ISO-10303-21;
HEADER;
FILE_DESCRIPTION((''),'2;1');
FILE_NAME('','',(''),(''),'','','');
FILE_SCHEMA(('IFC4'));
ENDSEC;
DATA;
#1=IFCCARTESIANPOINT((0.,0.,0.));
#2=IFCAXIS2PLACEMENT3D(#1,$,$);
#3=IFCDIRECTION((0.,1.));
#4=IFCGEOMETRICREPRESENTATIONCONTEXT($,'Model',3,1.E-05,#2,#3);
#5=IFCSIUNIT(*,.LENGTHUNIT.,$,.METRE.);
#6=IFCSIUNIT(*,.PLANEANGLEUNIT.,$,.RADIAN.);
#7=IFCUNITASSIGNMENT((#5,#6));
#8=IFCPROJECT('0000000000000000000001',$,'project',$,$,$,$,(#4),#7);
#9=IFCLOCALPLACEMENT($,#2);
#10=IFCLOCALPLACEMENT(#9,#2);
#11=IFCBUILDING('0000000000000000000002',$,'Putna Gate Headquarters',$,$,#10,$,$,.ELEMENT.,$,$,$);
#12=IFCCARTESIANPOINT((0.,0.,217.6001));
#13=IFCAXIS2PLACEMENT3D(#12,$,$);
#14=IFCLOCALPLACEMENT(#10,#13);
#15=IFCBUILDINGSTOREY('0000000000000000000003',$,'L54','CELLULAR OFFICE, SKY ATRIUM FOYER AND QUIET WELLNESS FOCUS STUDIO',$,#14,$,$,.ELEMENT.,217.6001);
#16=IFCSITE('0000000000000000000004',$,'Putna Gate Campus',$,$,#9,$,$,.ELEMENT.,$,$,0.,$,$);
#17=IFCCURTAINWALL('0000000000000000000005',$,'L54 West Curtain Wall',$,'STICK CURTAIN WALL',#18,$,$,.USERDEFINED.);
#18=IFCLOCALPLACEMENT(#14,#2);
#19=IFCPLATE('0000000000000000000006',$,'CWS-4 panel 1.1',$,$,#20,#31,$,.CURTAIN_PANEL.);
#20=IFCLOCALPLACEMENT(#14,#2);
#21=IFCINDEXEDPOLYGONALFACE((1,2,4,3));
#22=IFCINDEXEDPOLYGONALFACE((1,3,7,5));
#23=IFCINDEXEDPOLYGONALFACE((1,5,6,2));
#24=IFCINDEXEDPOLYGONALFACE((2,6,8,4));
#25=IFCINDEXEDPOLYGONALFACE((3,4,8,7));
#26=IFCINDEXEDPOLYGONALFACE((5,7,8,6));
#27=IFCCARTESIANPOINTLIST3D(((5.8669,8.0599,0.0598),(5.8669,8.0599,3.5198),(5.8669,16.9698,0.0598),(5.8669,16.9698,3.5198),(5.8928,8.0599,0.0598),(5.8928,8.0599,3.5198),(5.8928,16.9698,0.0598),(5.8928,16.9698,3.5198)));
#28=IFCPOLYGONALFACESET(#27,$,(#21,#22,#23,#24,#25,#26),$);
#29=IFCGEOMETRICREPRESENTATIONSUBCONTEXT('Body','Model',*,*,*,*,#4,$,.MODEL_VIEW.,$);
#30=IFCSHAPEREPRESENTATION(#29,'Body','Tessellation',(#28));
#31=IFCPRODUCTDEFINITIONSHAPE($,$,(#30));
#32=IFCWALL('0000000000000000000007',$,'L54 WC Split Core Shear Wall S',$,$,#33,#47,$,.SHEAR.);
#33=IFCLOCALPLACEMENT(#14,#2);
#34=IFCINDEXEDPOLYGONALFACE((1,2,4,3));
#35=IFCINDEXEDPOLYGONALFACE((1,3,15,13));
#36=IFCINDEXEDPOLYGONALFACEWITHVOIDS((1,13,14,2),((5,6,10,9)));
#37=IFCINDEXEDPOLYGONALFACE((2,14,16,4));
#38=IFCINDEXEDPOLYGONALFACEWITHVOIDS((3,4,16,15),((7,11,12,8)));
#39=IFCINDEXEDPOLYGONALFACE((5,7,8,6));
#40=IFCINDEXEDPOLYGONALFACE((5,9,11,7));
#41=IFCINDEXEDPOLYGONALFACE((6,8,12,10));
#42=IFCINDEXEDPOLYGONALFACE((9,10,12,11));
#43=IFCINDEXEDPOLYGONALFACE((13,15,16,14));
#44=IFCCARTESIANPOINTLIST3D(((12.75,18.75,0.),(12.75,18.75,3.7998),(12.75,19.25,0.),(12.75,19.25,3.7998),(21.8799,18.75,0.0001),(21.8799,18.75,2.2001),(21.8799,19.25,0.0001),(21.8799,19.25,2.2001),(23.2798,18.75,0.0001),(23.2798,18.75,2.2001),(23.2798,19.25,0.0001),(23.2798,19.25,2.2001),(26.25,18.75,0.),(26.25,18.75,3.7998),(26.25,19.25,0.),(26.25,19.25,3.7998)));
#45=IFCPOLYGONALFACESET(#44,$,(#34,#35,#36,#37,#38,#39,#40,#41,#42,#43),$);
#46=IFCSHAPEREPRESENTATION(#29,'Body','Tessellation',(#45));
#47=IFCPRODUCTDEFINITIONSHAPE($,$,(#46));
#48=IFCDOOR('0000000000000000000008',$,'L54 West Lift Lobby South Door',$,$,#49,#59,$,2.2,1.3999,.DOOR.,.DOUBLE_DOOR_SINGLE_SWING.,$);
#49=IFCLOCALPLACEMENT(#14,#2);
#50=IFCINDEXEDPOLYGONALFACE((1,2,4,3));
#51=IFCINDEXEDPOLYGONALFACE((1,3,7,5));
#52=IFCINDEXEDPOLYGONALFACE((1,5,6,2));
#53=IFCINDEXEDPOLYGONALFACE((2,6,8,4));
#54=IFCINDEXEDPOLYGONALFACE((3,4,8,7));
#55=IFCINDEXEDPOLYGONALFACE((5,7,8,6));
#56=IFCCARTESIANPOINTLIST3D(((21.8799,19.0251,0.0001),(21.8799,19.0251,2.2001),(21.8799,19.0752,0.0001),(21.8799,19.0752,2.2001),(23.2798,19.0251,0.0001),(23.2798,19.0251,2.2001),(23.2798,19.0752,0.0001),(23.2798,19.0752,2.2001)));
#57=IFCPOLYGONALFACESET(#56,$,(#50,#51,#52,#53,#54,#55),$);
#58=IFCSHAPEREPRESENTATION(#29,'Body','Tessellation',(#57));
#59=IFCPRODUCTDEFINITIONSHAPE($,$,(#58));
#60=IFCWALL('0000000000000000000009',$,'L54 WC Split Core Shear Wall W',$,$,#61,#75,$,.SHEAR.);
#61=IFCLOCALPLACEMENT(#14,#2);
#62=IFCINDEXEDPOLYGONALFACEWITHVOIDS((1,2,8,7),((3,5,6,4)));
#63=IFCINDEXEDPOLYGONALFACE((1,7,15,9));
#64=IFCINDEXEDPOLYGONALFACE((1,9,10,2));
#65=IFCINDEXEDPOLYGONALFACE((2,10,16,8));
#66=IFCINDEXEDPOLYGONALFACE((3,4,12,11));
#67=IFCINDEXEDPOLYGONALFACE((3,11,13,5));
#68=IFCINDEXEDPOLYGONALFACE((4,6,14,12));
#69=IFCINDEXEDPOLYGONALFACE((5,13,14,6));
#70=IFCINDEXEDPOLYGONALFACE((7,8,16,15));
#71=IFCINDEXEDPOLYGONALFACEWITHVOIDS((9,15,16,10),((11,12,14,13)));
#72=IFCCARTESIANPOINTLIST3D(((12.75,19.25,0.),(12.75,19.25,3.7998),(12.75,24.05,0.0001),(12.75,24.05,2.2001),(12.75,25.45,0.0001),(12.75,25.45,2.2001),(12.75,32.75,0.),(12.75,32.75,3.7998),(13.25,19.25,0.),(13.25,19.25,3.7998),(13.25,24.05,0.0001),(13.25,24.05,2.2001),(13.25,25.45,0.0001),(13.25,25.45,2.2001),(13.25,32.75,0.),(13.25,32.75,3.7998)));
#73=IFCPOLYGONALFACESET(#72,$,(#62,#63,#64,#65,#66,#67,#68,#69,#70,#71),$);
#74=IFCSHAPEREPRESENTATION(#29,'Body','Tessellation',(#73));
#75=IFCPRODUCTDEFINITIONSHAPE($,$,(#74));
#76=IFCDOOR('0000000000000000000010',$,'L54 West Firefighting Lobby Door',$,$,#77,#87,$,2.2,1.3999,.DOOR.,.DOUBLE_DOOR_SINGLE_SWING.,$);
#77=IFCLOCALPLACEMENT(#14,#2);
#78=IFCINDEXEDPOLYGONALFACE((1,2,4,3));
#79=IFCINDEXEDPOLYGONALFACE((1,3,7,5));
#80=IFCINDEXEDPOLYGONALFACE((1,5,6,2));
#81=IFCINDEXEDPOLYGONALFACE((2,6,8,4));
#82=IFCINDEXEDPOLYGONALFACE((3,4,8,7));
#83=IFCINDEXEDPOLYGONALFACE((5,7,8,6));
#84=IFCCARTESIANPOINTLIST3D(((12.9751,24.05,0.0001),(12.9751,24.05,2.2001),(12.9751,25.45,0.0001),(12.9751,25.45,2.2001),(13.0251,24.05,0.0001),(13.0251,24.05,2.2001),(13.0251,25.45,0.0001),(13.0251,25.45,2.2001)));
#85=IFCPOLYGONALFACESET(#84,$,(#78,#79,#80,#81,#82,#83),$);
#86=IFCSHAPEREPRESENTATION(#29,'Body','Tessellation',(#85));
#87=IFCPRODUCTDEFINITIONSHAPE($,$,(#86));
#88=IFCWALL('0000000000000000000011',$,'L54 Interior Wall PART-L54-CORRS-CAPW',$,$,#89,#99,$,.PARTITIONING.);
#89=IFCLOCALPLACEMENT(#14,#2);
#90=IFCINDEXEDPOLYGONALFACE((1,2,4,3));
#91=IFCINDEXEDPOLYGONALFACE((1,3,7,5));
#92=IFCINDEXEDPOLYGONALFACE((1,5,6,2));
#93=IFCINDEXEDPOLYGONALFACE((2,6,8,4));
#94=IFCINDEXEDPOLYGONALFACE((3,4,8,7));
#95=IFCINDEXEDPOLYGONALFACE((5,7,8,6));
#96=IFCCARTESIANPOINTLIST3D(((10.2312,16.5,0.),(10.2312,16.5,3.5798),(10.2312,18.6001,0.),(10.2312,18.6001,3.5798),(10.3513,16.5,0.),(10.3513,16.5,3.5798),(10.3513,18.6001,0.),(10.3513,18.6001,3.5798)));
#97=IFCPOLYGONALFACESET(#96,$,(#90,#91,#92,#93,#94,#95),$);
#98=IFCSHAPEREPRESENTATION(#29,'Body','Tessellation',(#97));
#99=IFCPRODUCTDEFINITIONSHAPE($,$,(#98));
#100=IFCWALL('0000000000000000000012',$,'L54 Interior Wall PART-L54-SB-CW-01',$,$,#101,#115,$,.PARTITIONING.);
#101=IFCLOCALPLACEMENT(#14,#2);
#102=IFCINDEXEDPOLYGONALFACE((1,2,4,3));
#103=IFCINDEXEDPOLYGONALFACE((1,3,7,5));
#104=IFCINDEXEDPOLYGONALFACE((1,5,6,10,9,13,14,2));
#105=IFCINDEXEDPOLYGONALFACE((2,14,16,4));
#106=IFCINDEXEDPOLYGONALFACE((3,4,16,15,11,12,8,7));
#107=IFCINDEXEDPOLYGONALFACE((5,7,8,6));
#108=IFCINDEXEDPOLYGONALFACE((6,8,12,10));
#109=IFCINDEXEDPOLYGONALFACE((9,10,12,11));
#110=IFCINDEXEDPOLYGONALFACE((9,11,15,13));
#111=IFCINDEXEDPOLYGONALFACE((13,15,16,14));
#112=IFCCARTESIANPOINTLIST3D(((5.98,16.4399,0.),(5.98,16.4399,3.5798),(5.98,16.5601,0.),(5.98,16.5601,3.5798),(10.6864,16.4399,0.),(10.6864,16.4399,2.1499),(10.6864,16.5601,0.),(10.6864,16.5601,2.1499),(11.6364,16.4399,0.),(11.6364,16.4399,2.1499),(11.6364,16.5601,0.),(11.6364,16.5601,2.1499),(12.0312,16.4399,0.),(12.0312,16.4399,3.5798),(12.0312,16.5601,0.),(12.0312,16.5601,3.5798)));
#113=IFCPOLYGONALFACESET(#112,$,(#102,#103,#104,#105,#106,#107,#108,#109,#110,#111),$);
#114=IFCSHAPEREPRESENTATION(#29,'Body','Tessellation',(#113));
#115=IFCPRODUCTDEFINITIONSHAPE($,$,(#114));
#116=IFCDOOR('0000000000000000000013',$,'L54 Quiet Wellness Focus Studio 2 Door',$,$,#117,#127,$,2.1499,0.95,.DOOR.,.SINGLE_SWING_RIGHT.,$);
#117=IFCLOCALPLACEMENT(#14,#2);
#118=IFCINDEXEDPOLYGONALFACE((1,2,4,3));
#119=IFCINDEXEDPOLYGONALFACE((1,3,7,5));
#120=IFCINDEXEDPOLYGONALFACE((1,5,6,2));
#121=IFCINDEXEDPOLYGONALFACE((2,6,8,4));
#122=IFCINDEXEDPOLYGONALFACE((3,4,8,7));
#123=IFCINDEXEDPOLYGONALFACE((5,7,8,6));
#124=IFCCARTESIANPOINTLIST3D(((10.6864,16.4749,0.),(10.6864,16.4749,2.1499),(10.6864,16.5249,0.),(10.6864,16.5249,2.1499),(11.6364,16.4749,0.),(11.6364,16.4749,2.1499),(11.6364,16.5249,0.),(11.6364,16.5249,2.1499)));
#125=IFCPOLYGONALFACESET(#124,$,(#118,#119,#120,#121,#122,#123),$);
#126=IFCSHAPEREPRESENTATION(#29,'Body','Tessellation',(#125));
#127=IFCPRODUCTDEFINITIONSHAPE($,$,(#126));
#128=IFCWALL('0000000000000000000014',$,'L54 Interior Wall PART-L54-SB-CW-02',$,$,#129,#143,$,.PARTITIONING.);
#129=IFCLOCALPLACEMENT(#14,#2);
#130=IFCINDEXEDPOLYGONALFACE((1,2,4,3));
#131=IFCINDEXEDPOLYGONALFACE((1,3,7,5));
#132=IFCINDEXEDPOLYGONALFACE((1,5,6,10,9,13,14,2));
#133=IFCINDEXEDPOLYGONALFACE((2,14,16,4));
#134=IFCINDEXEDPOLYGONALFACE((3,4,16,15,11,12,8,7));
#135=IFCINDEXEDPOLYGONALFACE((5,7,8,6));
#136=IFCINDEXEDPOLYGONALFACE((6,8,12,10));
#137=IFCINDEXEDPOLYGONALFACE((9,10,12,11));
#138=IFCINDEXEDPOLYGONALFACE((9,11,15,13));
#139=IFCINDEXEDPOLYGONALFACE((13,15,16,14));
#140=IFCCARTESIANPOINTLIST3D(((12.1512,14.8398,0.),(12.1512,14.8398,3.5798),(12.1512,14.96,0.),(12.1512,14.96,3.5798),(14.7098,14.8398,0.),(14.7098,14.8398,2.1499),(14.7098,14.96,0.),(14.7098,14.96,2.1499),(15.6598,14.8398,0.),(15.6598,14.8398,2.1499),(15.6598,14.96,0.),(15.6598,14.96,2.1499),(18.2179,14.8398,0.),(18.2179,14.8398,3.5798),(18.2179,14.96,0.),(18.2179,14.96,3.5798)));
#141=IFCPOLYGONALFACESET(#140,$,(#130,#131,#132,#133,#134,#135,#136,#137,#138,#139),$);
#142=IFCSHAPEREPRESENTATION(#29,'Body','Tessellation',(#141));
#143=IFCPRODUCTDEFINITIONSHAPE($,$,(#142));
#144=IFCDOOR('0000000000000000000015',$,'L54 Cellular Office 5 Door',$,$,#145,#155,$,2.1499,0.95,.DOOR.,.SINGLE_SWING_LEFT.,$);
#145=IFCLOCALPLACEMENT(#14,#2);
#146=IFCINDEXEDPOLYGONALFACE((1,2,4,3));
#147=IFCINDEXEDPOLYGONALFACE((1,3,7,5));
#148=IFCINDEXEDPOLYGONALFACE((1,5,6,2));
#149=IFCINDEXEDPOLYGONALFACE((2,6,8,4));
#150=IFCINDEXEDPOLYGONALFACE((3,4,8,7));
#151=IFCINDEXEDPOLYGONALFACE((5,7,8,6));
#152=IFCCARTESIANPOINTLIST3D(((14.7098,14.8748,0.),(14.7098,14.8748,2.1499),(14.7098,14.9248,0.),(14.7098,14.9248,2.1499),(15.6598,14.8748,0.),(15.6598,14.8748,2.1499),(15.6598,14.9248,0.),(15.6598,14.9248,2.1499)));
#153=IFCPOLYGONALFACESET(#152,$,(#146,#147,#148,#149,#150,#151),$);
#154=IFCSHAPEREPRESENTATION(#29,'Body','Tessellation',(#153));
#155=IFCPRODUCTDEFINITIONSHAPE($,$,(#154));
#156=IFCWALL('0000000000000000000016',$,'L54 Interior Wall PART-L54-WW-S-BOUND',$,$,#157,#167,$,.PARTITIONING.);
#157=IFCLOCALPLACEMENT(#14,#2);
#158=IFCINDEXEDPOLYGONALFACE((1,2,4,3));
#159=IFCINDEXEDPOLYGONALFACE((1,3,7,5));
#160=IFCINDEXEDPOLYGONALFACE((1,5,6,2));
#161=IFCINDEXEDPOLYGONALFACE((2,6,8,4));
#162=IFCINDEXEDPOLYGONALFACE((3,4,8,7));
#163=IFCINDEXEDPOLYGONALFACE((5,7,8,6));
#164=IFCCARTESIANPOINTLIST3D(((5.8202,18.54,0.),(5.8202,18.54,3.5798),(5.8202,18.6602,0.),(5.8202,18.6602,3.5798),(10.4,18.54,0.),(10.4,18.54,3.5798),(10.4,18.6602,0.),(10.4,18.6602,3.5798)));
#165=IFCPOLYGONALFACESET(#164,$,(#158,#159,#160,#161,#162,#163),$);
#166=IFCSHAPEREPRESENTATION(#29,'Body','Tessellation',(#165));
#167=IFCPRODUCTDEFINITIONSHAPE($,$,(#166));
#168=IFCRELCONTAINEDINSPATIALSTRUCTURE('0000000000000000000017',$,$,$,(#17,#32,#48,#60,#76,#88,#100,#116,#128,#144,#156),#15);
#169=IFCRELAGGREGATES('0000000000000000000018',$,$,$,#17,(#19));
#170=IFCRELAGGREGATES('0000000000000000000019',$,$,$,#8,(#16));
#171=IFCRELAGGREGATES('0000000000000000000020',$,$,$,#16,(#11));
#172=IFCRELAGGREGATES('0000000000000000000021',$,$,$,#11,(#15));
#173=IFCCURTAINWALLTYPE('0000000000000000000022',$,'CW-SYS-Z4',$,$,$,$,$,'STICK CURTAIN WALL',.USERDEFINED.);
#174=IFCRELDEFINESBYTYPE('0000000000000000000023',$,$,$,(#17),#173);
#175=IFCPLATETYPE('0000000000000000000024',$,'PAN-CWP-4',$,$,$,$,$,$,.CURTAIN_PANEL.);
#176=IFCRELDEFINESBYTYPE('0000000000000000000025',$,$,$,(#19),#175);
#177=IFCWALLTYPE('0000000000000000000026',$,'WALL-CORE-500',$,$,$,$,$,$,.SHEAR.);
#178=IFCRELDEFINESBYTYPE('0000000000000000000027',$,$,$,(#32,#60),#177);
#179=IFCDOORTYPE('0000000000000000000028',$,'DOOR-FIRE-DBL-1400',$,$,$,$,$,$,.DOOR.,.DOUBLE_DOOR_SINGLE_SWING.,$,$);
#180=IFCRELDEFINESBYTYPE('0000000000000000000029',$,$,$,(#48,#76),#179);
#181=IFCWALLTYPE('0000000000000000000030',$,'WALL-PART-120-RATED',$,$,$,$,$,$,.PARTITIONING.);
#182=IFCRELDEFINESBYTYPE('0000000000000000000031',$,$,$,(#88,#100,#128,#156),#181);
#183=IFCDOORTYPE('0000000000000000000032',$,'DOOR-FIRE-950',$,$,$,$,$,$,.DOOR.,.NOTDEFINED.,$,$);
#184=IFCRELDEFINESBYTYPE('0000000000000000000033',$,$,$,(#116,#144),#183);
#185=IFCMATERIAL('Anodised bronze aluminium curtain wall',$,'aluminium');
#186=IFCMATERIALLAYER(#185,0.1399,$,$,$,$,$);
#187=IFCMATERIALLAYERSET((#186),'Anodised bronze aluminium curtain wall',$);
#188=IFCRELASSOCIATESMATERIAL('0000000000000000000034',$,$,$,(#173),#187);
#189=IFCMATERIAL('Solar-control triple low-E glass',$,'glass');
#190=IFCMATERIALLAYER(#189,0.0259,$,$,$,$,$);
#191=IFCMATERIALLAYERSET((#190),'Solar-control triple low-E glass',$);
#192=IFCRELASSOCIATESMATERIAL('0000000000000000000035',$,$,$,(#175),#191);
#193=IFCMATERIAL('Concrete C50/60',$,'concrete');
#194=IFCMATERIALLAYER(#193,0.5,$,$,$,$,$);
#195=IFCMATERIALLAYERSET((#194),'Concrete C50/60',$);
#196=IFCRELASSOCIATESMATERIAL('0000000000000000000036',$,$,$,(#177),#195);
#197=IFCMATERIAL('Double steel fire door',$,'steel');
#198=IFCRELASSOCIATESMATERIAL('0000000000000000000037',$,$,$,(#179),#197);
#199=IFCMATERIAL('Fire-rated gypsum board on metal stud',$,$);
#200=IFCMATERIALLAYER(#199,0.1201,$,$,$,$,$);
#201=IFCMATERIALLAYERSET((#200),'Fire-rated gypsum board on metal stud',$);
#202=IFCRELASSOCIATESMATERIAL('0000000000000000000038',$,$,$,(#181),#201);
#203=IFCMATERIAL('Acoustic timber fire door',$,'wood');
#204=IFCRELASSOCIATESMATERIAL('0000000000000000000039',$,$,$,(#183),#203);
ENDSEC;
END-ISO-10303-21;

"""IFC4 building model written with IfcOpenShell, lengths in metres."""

from ifc_helpers import new_model, si_unit, direction, frame, frame_2d, origin, origin_2d, place, context, subcontext, project, spatial, rectangle, extrude, material, layer, layer_set, type_object, element, fill, aggregate, save


model = new_model("IFC4")

# Units and contexts
model_context = context("Model", 3, precision=1e-05, world=origin(), true_north=direction((0.0, 1.0)))
body_context = subcontext(model_context, "Body", "Model", "MODEL_VIEW")
ifc_project = project(units=[si_unit("LENGTHUNIT", "METRE"), si_unit("PLANEANGLEUNIT", "RADIAN")], contexts=[model_context])

# Site, building, storey
site_placement = place(None, origin())
site = spatial("IfcSite", under=ifc_project, at=site_placement, Name="Putna Gate Campus", CompositionType="ELEMENT", RefElevation=0.0)
building_placement = place(site_placement, origin())
building = spatial("IfcBuilding", under=site, at=building_placement, Name="Putna Gate Headquarters", CompositionType="ELEMENT")
storey_placement = place(building_placement, frame((0.0, 0.0, 217.6001)))
storey = spatial("IfcBuildingStorey", under=building, at=storey_placement, Name="L54", Description="CELLULAR OFFICE, SKY ATRIUM FOYER AND QUIET WELLNESS FOCUS STUDIO", CompositionType="ELEMENT", Elevation=217.6001)

# Curtain wall, plate
ifc_material_1 = material(Name="Anodised bronze aluminium curtain wall", Category="aluminium")
ifc_layer_1 = layer(ifc_material_1, 0.1399)
ifc_layer_set_1 = layer_set([ifc_layer_1], Name="Anodised bronze aluminium curtain wall")
curtain_wall_type = type_object("IfcCurtainWallType", Name="CW-SYS-Z4", ElementType="STICK CURTAIN WALL", PredefinedType="USERDEFINED", material=ifc_layer_set_1)
curtain_wall_placement = place(storey_placement, origin())
curtain_wall = element("IfcCurtainWall", 1, at=curtain_wall_placement, inside=storey, type_object=curtain_wall_type, Name="L54 West Curtain Wall", ObjectType="STICK CURTAIN WALL", PredefinedType="USERDEFINED")
ifc_material_2 = material(Name="Solar-control triple low-E glass", Category="glass")
ifc_layer_2 = layer(ifc_material_2, 0.0259)
ifc_layer_set_2 = layer_set([ifc_layer_2], Name="Solar-control triple low-E glass")
plate_type = type_object("IfcPlateType", Name="PAN-CWP-4", PredefinedType="CURTAIN_PANEL", material=ifc_layer_set_2)
plate_placement = place(storey_placement, frame((5.8799, 12.5149, 0.0598), z_axis=(0.0, 0.0, 1.0), x_axis=(0.0, 1.0, 0.0)))
plate = element("IfcPlate", 2, at=plate_placement, type_object=plate_type, Name="CWS-4 panel 1.1", PredefinedType="CURTAIN_PANEL", context=body_context, shape_type="SweptSolid", body=[
    extrude(rectangle(XDim=8.9099, YDim=0.0259, at=origin_2d()), origin(), (0.0, 0.0, 1.0), 3.46),
])
aggregate(curtain_wall, [plate])

# Walls, openings, doors
ifc_material_3 = material(Name="Concrete C50/60", Category="concrete")
ifc_layer_3 = layer(ifc_material_3, 0.5)
ifc_layer_set_3 = layer_set([ifc_layer_3], Name="Concrete C50/60")
wall_type_1 = type_object("IfcWallType", Name="WALL-CORE-500", PredefinedType="SHEAR", material=ifc_layer_set_3)
wall_1_placement = place(storey_placement, frame((12.75, 19.0, 0.0), z_axis=(0.0, 0.0, 1.0), x_axis=(1.0, 0.0, 0.0)))
wall_1 = element("IfcWall", 3, at=wall_1_placement, inside=storey, type_object=wall_type_1, Name="L54 WC Split Core Shear Wall S", PredefinedType="SHEAR", context=body_context, shape_type="SweptSolid", body=[
    extrude(rectangle(XDim=13.5, YDim=0.5, at=frame_2d((6.75, 0.0))), origin(), (0.0, 0.0, 1.0), 3.7998),
])
opening_1_placement = place(wall_1_placement, frame((9.1299, 0.0, 0.0)))
opening_1 = element("IfcOpeningElement", 4, at=opening_1_placement, cuts=wall_1, PredefinedType="OPENING", context=body_context, shape_type="SweptSolid", body=[
    extrude(rectangle(XDim=1.3999, YDim=2.2, at=frame_2d((0.7, 1.1001))), frame((0.0, 0.26, 0.0), z_axis=(0.0, -1.0, 0.0), x_axis=(1.0, 0.0, 0.0)), (0.0, 0.0, 1.0), 0.52),
])
ifc_material_4 = material(Name="Double steel fire door", Category="steel")
door_type_1 = type_object("IfcDoorType", Name="DOOR-FIRE-DBL-1400", OperationType="DOUBLE_DOOR_SINGLE_SWING", PredefinedType="DOOR", material=ifc_material_4)
door_1_placement = place(opening_1_placement, origin())
door_1 = element("IfcDoor", 5, at=door_1_placement, inside=storey, type_object=door_type_1, Name="L54 West Lift Lobby South Door", OperationType="DOUBLE_DOOR_SINGLE_SWING", OverallHeight=2.2, OverallWidth=1.3999, PredefinedType="DOOR", context=body_context, shape_type="SweptSolid", body=[
    extrude(rectangle(XDim=1.3999, YDim=2.2, at=frame_2d((0.7, 1.1001))), frame((0.0, 0.0752, 0.0), z_axis=(0.0, -1.0, 0.0), x_axis=(1.0, 0.0, 0.0)), (0.0, 0.0, 1.0), 0.05),
])
fill(opening_1, door_1)
wall_2_placement = place(storey_placement, frame((13.0, 19.25, 0.0), z_axis=(0.0, 0.0, 1.0), x_axis=(0.0, 1.0, 0.0)))
wall_2 = element("IfcWall", 6, at=wall_2_placement, inside=storey, type_object=wall_type_1, Name="L54 WC Split Core Shear Wall W", PredefinedType="SHEAR", context=body_context, shape_type="SweptSolid", body=[
    extrude(rectangle(XDim=13.5, YDim=0.5, at=frame_2d((6.75, 0.0))), origin(), (0.0, 0.0, 1.0), 3.7998),
])
opening_2_placement = place(wall_2_placement, frame((4.8, 0.0, 0.0)))
opening_2 = element("IfcOpeningElement", 7, at=opening_2_placement, cuts=wall_2, PredefinedType="OPENING", context=body_context, shape_type="SweptSolid", body=[
    extrude(rectangle(XDim=1.3999, YDim=2.2, at=frame_2d((0.7, 1.1001))), frame((0.0, 0.26, 0.0), z_axis=(0.0, -1.0, 0.0), x_axis=(1.0, 0.0, 0.0)), (0.0, 0.0, 1.0), 0.52),
])
door_2_placement = place(opening_2_placement, origin())
door_2 = element("IfcDoor", 8, at=door_2_placement, inside=storey, type_object=door_type_1, Name="L54 West Firefighting Lobby Door", OperationType="DOUBLE_DOOR_SINGLE_SWING", OverallHeight=2.2, OverallWidth=1.3999, PredefinedType="DOOR", context=body_context, shape_type="SweptSolid", body=[
    extrude(rectangle(XDim=1.3999, YDim=2.2, at=frame_2d((0.7, 1.1001))), frame((0.0, 0.0249, 0.0), z_axis=(0.0, -1.0, 0.0), x_axis=(1.0, 0.0, 0.0)), (0.0, 0.0, 1.0), 0.05),
])
fill(opening_2, door_2)

# Wall
ifc_material_5 = material(Name="Fire-rated gypsum board on metal stud")
ifc_layer_4 = layer(ifc_material_5, 0.1201)
ifc_layer_set_4 = layer_set([ifc_layer_4], Name="Fire-rated gypsum board on metal stud")
wall_type_2 = type_object("IfcWallType", Name="WALL-PART-120-RATED", PredefinedType="PARTITIONING", material=ifc_layer_set_4)
wall_3_placement = place(storey_placement, frame((10.2913, 16.5, 0.0), z_axis=(0.0, 0.0, 1.0), x_axis=(0.0, 1.0, 0.0)))
element("IfcWall", 9, at=wall_3_placement, inside=storey, type_object=wall_type_2, Name="L54 Interior Wall PART-L54-CORRS-CAPW", PredefinedType="PARTITIONING", context=body_context, shape_type="SweptSolid", body=[
    extrude(rectangle(XDim=2.1001, YDim=0.1201, at=frame_2d((1.05, 0.0))), origin(), (0.0, 0.0, 1.0), 3.5798),
])

# Walls, openings, doors
wall_4_placement = place(storey_placement, frame((5.98, 16.5, 0.0), z_axis=(0.0, 0.0, 1.0), x_axis=(1.0, 0.0, 0.0)))
wall_4 = element("IfcWall", 10, at=wall_4_placement, inside=storey, type_object=wall_type_2, Name="L54 Interior Wall PART-L54-SB-CW-01", PredefinedType="PARTITIONING", context=body_context, shape_type="SweptSolid", body=[
    extrude(rectangle(XDim=6.0513, YDim=0.1201, at=frame_2d((3.0256, 0.0))), origin(), (0.0, 0.0, 1.0), 3.5798),
])
opening_3_placement = place(wall_4_placement, frame((4.7063, 0.0, 0.0)))
opening_3 = element("IfcOpeningElement", 11, at=opening_3_placement, cuts=wall_4, PredefinedType="OPENING", context=body_context, shape_type="SweptSolid", body=[
    extrude(rectangle(XDim=0.95, YDim=2.1499, at=frame_2d((0.4751, 1.075))), frame((0.0, 0.0701, 0.0), z_axis=(0.0, -1.0, 0.0), x_axis=(1.0, 0.0, 0.0)), (0.0, 0.0, 1.0), 0.1401),
])
ifc_material_6 = material(Name="Acoustic timber fire door", Category="wood")
door_type_2 = type_object("IfcDoorType", Name="DOOR-FIRE-950", OperationType="NOTDEFINED", PredefinedType="DOOR", material=ifc_material_6)
door_3_placement = place(opening_3_placement, origin())
door_3 = element("IfcDoor", 12, at=door_3_placement, inside=storey, type_object=door_type_2, Name="L54 Quiet Wellness Focus Studio 2 Door", OperationType="SINGLE_SWING_RIGHT", OverallHeight=2.1499, OverallWidth=0.95, PredefinedType="DOOR", context=body_context, shape_type="SweptSolid", body=[
    extrude(rectangle(XDim=0.95, YDim=2.1499, at=frame_2d((0.4751, 1.075))), frame((0.0, 0.0249, 0.0), z_axis=(0.0, -1.0, 0.0), x_axis=(1.0, 0.0, 0.0)), (0.0, 0.0, 1.0), 0.05),
])
fill(opening_3, door_3)
wall_5_placement = place(storey_placement, frame((12.1514, 14.8999, 0.0), z_axis=(0.0, 0.0, 1.0), x_axis=(1.0, 0.0, 0.0)))
wall_5 = element("IfcWall", 13, at=wall_5_placement, inside=storey, type_object=wall_type_2, Name="L54 Interior Wall PART-L54-SB-CW-02", PredefinedType="PARTITIONING", context=body_context, shape_type="SweptSolid", body=[
    extrude(rectangle(XDim=6.0667, YDim=0.1201, at=frame_2d((3.0332, 0.0))), origin(), (0.0, 0.0, 1.0), 3.5798),
])
opening_4_placement = place(wall_5_placement, frame((2.5583, 0.0, 0.0)))
opening_4 = element("IfcOpeningElement", 14, at=opening_4_placement, cuts=wall_5, PredefinedType="OPENING", context=body_context, shape_type="SweptSolid", body=[
    extrude(rectangle(XDim=0.95, YDim=2.1499, at=frame_2d((0.4751, 1.075))), frame((0.0, 0.0701, 0.0), z_axis=(0.0, -1.0, 0.0), x_axis=(1.0, 0.0, 0.0)), (0.0, 0.0, 1.0), 0.1401),
])
door_4_placement = place(opening_4_placement, origin())
door_4 = element("IfcDoor", 15, at=door_4_placement, inside=storey, type_object=door_type_2, Name="L54 Cellular Office 5 Door", OperationType="SINGLE_SWING_LEFT", OverallHeight=2.1499, OverallWidth=0.95, PredefinedType="DOOR", context=body_context, shape_type="SweptSolid", body=[
    extrude(rectangle(XDim=0.95, YDim=2.1499, at=frame_2d((0.4751, 1.075))), frame((0.0, 0.0249, 0.0), z_axis=(0.0, -1.0, 0.0), x_axis=(1.0, 0.0, 0.0)), (0.0, 0.0, 1.0), 0.05),
])
fill(opening_4, door_4)

# Wall
wall_6_placement = place(storey_placement, frame((5.8201, 18.6001, 0.0), z_axis=(0.0, 0.0, 1.0), x_axis=(1.0, 0.0, 0.0)))
element("IfcWall", 16, at=wall_6_placement, inside=storey, type_object=wall_type_2, Name="L54 Interior Wall PART-L54-WW-S-BOUND", PredefinedType="PARTITIONING", context=body_context, shape_type="SweptSolid", body=[
    extrude(rectangle(XDim=4.5798, YDim=0.1201, at=frame_2d((2.29, 0.0))), origin(), (0.0, 0.0, 1.0), 3.5798),
])

save(model, "model.ifc")
